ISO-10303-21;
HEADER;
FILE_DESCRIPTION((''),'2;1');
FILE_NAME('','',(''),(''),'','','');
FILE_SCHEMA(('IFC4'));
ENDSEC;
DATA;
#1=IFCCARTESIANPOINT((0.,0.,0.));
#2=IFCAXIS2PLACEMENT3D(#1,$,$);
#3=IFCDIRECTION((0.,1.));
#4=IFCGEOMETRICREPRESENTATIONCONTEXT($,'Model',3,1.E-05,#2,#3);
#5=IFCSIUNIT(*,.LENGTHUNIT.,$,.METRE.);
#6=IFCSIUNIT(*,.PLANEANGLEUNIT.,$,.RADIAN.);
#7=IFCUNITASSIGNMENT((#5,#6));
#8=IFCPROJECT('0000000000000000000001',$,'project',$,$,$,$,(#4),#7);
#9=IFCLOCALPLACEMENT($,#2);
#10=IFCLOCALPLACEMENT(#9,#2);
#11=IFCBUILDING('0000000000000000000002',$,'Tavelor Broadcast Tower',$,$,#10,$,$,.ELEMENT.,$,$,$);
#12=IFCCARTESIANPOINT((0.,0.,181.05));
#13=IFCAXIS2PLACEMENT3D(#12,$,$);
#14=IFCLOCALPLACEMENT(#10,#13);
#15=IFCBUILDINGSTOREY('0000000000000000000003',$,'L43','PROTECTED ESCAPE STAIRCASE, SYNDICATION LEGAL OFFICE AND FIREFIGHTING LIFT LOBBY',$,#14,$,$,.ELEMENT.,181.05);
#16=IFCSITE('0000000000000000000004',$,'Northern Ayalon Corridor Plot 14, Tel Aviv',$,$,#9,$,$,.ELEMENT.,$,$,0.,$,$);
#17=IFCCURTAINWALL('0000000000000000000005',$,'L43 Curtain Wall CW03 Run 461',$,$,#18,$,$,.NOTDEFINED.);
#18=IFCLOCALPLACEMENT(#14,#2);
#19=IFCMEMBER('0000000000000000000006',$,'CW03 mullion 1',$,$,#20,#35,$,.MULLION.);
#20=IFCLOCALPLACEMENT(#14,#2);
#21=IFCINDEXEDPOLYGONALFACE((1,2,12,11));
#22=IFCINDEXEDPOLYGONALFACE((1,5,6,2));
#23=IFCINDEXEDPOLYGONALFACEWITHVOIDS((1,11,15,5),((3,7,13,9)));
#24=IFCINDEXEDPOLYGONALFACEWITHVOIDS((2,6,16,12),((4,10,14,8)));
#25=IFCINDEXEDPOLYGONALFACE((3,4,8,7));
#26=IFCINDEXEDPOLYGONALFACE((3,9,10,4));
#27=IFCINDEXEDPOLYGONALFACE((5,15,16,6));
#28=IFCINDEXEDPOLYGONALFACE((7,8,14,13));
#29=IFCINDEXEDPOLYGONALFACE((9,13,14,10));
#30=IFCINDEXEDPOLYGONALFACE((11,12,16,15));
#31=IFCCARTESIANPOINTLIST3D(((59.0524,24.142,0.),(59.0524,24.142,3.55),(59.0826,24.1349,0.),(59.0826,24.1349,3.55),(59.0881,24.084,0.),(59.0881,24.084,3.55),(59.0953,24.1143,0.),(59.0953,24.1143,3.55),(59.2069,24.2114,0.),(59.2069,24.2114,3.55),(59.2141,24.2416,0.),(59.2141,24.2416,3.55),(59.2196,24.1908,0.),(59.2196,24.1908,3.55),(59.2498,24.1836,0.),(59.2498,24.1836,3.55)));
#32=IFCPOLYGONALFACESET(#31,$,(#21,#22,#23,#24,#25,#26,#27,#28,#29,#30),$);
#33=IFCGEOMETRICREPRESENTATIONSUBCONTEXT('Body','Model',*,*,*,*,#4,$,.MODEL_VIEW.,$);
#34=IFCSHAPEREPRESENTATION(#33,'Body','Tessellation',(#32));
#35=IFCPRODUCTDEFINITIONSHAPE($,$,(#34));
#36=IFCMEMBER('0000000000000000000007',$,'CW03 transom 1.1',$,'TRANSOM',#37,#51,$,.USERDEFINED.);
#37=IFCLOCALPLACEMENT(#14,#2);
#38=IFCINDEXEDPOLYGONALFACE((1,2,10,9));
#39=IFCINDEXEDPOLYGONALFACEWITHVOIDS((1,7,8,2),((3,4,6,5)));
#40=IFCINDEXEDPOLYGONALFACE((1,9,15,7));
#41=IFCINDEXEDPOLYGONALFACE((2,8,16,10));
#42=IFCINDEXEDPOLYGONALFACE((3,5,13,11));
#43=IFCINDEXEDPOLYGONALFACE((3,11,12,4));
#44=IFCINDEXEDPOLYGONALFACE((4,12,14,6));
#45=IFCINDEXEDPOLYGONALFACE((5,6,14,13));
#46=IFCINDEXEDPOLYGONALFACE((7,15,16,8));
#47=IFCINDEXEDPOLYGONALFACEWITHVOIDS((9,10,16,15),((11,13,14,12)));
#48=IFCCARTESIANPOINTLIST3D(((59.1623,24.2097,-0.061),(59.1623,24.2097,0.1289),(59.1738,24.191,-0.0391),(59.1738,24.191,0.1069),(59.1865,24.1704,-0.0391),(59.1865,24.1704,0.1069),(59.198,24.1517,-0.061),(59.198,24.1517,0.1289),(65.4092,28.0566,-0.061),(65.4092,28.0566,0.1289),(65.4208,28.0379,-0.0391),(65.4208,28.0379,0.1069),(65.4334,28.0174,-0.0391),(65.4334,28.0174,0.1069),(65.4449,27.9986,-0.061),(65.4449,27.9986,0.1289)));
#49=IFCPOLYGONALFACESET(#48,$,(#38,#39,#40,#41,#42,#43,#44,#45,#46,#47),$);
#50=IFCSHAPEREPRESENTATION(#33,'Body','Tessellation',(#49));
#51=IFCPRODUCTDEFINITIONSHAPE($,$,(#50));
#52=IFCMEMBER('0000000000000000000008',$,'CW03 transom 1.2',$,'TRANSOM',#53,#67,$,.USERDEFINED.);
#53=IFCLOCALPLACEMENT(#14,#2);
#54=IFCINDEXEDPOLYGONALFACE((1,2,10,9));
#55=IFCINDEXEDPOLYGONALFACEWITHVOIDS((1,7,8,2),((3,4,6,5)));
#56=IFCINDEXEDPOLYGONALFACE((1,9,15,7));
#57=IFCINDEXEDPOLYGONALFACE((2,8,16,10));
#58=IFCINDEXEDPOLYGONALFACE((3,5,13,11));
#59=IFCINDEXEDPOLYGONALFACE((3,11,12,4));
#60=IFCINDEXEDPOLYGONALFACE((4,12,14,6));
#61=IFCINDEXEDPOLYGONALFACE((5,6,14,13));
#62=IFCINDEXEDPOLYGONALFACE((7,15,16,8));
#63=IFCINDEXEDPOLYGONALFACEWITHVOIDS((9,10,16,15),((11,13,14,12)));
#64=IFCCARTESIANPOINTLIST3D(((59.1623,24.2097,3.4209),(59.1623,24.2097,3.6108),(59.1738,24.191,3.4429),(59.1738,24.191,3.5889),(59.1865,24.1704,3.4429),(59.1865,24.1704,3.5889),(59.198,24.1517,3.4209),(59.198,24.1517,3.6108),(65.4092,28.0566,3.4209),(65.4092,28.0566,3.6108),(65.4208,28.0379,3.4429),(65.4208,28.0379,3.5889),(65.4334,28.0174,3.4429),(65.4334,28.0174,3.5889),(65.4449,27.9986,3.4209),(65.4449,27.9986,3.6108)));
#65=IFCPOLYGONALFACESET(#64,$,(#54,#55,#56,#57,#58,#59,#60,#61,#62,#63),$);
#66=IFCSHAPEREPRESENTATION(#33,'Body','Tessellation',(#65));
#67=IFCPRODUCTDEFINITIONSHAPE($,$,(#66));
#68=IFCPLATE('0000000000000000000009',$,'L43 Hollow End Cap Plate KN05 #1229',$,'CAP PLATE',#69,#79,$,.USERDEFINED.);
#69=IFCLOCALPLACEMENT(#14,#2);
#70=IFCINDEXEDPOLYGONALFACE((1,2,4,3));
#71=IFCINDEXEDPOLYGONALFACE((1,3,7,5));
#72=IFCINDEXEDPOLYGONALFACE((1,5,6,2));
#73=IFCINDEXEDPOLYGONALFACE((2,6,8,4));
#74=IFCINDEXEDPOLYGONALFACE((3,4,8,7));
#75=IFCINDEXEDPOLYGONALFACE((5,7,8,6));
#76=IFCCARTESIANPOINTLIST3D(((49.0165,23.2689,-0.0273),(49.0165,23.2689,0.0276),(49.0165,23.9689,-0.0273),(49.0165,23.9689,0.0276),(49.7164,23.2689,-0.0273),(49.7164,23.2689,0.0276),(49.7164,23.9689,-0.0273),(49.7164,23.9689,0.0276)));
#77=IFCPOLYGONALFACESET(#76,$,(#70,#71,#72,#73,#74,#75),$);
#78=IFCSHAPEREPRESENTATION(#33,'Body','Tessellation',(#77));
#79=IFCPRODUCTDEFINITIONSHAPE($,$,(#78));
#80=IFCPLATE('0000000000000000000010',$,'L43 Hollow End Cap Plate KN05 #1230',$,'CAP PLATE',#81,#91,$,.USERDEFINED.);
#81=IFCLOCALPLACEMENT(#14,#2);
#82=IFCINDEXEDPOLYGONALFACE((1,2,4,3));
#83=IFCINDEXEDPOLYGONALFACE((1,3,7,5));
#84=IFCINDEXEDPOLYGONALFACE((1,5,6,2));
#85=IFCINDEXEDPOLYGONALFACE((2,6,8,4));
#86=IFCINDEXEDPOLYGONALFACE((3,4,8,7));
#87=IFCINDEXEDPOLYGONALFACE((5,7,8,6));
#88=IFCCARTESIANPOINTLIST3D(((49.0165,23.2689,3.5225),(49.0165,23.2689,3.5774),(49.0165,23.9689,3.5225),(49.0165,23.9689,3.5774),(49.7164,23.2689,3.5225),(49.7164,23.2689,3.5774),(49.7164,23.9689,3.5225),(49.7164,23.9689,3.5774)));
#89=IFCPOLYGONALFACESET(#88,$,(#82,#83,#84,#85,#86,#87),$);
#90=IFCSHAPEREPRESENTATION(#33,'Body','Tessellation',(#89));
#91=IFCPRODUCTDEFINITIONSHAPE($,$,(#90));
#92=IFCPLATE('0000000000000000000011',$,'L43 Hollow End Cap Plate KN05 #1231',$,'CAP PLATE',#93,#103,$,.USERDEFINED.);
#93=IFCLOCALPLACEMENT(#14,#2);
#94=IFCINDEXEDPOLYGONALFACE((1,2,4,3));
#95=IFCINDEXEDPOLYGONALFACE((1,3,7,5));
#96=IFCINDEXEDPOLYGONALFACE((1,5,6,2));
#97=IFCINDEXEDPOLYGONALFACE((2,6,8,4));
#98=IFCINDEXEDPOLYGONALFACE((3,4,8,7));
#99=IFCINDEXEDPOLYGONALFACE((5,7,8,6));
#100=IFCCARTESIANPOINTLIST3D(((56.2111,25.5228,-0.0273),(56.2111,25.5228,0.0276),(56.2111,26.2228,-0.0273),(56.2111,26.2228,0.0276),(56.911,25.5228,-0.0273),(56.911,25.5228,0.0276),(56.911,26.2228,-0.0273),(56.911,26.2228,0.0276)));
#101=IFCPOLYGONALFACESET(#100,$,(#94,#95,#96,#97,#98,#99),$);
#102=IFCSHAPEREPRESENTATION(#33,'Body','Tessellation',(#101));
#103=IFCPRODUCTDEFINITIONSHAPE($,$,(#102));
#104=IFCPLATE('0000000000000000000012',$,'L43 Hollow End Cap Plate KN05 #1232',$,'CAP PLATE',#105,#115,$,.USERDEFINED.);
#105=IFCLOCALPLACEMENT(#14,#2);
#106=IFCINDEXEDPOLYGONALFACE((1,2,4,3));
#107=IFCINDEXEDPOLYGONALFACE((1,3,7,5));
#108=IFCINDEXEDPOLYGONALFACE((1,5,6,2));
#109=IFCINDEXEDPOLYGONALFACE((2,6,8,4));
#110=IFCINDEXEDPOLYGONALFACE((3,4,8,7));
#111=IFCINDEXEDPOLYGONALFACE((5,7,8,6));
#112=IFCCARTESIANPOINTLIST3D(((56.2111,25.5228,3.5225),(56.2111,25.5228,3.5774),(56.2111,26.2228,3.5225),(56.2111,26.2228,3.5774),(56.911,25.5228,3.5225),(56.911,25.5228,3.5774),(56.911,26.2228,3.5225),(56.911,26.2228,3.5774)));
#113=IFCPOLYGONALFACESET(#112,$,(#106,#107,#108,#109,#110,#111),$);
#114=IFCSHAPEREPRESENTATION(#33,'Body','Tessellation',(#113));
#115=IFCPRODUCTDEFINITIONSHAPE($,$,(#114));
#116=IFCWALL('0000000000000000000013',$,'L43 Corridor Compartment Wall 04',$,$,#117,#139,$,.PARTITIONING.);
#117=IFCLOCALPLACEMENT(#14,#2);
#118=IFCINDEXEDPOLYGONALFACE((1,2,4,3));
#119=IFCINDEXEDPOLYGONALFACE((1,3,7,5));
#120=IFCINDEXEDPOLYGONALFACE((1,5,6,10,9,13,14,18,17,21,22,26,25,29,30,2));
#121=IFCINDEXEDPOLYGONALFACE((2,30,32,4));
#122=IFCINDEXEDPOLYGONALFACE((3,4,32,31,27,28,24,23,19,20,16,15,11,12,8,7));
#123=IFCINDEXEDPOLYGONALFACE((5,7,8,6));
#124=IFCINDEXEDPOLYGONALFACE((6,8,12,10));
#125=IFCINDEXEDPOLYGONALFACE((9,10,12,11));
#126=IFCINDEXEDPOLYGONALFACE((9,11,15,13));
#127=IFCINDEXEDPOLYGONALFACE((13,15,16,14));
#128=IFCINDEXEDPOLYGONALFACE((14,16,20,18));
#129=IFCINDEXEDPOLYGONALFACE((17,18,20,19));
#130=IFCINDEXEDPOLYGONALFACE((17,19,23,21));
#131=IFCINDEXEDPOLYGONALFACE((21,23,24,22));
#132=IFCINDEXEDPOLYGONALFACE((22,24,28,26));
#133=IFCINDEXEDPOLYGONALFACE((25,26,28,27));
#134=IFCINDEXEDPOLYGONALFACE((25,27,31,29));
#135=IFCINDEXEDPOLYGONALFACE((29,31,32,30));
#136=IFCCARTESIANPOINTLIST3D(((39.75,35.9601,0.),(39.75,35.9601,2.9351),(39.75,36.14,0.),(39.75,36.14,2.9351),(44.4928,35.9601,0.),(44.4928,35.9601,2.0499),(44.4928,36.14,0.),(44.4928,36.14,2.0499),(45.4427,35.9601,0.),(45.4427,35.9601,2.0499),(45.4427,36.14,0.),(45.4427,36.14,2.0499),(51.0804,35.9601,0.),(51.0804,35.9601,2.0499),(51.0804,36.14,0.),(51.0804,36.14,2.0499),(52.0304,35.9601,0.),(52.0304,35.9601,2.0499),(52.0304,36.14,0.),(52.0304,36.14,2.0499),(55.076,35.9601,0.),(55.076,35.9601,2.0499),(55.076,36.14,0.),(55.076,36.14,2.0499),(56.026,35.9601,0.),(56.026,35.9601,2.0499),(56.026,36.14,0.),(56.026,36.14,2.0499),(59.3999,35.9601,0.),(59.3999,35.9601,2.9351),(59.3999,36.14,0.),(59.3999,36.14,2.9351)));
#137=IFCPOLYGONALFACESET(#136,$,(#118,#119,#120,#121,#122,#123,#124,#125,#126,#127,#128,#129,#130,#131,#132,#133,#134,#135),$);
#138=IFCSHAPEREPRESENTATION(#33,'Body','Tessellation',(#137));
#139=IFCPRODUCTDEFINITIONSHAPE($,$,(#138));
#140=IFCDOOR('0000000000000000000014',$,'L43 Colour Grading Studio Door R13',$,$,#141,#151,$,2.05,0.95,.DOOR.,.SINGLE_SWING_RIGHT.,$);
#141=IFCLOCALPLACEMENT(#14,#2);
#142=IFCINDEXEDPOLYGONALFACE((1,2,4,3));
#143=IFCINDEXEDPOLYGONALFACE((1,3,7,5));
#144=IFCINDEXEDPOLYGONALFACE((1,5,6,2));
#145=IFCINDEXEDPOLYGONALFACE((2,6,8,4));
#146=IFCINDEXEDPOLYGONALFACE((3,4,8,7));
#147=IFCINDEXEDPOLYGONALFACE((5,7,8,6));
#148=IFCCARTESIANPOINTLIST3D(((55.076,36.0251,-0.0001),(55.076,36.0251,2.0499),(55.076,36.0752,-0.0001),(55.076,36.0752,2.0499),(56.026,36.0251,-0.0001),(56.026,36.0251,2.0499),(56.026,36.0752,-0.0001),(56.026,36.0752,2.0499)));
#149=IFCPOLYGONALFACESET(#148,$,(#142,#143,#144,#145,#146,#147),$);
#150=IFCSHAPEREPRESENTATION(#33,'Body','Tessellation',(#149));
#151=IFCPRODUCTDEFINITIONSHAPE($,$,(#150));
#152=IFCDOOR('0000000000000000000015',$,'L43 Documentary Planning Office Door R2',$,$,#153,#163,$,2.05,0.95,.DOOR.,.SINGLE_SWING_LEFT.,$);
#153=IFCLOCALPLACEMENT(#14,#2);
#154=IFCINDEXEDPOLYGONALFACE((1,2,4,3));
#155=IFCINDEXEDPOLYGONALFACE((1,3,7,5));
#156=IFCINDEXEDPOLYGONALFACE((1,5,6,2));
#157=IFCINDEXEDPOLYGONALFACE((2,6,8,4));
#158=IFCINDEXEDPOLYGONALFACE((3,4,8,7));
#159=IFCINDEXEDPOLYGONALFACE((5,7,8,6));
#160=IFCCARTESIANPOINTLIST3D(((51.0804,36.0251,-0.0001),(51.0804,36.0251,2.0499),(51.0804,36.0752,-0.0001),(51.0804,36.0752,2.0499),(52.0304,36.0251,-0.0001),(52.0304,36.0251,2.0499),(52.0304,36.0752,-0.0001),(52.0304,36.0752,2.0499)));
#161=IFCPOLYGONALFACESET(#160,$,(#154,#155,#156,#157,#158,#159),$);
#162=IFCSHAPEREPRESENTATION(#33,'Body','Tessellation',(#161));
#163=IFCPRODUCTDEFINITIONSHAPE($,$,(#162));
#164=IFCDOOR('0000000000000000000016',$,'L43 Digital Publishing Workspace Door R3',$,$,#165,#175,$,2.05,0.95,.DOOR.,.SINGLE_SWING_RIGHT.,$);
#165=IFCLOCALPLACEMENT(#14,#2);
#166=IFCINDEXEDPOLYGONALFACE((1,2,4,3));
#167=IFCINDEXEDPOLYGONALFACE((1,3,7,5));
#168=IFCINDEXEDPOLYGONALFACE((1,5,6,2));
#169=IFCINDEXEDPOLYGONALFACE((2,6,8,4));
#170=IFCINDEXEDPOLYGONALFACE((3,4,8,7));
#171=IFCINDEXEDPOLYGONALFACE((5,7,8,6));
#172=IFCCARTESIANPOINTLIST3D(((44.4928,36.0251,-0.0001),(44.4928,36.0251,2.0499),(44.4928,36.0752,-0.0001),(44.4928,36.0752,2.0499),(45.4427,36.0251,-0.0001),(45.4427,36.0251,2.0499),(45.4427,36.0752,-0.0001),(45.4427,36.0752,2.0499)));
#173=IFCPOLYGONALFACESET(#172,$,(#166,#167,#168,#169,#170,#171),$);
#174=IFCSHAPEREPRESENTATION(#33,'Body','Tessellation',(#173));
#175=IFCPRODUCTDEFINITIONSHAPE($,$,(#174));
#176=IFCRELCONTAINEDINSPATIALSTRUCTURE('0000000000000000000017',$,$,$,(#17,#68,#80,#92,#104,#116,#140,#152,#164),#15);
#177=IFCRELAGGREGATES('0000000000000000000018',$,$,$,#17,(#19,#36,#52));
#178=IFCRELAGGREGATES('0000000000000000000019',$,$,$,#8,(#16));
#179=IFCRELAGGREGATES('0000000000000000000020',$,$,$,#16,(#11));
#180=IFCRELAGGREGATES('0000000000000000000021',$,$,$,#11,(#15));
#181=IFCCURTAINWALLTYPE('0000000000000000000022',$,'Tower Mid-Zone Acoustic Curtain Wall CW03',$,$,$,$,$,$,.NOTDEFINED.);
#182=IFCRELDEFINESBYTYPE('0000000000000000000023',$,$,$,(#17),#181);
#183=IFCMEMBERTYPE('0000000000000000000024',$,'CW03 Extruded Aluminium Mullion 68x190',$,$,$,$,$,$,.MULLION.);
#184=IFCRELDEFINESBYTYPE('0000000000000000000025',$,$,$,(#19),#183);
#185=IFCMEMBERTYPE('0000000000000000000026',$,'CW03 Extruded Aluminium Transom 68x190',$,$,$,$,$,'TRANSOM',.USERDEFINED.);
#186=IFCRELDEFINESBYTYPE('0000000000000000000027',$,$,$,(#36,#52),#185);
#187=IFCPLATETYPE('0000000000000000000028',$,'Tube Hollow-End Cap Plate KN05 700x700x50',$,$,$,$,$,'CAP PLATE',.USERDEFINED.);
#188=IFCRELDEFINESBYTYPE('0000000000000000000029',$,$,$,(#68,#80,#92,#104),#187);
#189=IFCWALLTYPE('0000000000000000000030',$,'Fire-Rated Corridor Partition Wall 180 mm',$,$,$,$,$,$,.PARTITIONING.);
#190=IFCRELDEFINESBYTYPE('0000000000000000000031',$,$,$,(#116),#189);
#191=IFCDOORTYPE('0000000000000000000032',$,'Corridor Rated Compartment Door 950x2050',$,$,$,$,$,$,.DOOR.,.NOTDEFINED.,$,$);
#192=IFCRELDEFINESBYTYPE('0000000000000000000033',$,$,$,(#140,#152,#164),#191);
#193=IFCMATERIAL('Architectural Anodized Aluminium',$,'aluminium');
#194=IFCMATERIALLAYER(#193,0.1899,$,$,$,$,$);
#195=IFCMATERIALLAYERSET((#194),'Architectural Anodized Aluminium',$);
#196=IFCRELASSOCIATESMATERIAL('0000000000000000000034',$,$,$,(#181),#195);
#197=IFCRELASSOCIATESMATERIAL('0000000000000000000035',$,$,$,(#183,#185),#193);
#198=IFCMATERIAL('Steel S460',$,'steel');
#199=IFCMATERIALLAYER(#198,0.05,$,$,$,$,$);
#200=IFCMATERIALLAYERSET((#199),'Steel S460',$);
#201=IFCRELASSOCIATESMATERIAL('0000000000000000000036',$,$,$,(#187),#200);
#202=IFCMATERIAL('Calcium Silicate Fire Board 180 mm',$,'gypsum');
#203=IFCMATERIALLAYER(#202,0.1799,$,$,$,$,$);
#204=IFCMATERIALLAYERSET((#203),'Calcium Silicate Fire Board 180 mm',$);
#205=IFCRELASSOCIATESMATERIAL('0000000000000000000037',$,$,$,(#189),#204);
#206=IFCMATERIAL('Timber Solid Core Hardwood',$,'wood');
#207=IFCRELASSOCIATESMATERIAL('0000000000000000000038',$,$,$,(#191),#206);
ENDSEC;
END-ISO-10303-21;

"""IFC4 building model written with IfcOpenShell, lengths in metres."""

from ifc_helpers import new_model, si_unit, direction, frame, frame_2d, origin, origin_2d, place, context, subcontext, project, spatial, rectangle, hollow_rectangle, extrude, source, transform, mapped, material, layer, layer_set, material_profile, profile_set, type_object, type_shapes, element, fill, aggregate, save


model = new_model("IFC4")

# Units and contexts
model_context = context("Model", 3, precision=1e-05, world=origin(), true_north=direction((0.0, 1.0)))
body_context = subcontext(model_context, "Body", "Model", "MODEL_VIEW")
ifc_project = project(units=[si_unit("LENGTHUNIT", "METRE"), si_unit("PLANEANGLEUNIT", "RADIAN")], contexts=[model_context])

# Site, building, storey
site_placement = place(None, origin())
site = spatial("IfcSite", under=ifc_project, at=site_placement, Name="Northern Ayalon Corridor Plot 14, Tel Aviv", CompositionType="ELEMENT", RefElevation=0.0)
building_placement = place(site_placement, origin())
building = spatial("IfcBuilding", under=site, at=building_placement, Name="Tavelor Broadcast Tower", CompositionType="ELEMENT")
storey_placement = place(building_placement, frame((0.0, 0.0, 181.05)))
storey = spatial("IfcBuildingStorey", under=building, at=storey_placement, Name="L43", Description="PROTECTED ESCAPE STAIRCASE, SYNDICATION LEGAL OFFICE AND FIREFIGHTING LIFT LOBBY", CompositionType="ELEMENT", Elevation=181.05)

# Shared definitions
ifc_material_1 = material(Name="Steel S460", Category="steel")

# Curtain wall, members
ifc_material_2 = material(Name="Architectural Anodized Aluminium", Category="aluminium")
ifc_layer_1 = layer(ifc_material_2, 0.1899)
ifc_layer_set_1 = layer_set([ifc_layer_1], Name="Architectural Anodized Aluminium")
curtain_wall_type = type_object("IfcCurtainWallType", Name="Tower Mid-Zone Acoustic Curtain Wall CW03", PredefinedType="NOTDEFINED", material=ifc_layer_set_1)
curtain_wall_placement = place(storey_placement, origin())
curtain_wall = element("IfcCurtainWall", 1, at=curtain_wall_placement, inside=storey, type_object=curtain_wall_type, Name="L43 Curtain Wall CW03 Run 461", PredefinedType="NOTDEFINED")
ifc_material_profile_1 = material_profile(ifc_material_2, hollow_rectangle(XDim=0.0681, YDim=0.1899, WallThickness=0.022, at=origin_2d()), Name="RHS 68x190x22")
ifc_profile_set_1 = profile_set([ifc_material_profile_1], Name="Architectural Anodized Aluminium")
member_type_1 = type_object("IfcMemberType", Name="CW03 Extruded Aluminium Mullion 68x190", PredefinedType="MULLION", material=ifc_profile_set_1)
shared_shape_1 = source(origin(), body_context, "Body", "SweptSolid", [
    extrude(hollow_rectangle(XDim=0.0681, YDim=0.1899, WallThickness=0.022, at=origin_2d()), origin(), (0.0, 0.0, 1.0), 3.55),
])
type_shapes(member_type_1, [shared_shape_1])
member_1_placement = place(storey_placement, frame((59.1511, 24.1628, 0.0), z_axis=(0.0, 0.0, 1.0), x_axis=(-0.524353, 0.851501, 0.0)))
member_1 = element("IfcMember", 2, at=member_1_placement, type_object=member_type_1, Name="CW03 mullion 1", PredefinedType="MULLION", context=body_context, shape_type="MappedRepresentation", body=[
    mapped(shared_shape_1, transform((0.0, 0.0, 0.0), scale=1.0)),
])
ifc_material_profile_2 = material_profile(ifc_material_2, hollow_rectangle(XDim=0.0681, YDim=0.1899, WallThickness=0.022, at=origin_2d()), Name="RHS 68x190x22")
ifc_profile_set_2 = profile_set([ifc_material_profile_2], Name="Architectural Anodized Aluminium")
member_type_2 = type_object("IfcMemberType", Name="CW03 Extruded Aluminium Transom 68x190", ElementType="TRANSOM", PredefinedType="USERDEFINED", material=ifc_profile_set_2)
shared_shape_2 = source(origin(), body_context, "Body", "SweptSolid", [
    extrude(hollow_rectangle(XDim=0.0681, YDim=0.1899, WallThickness=0.022, at=origin_2d()), origin(), (0.0, 0.0, 1.0), 7.3364),
])
type_shapes(member_type_2, [shared_shape_2])
member_2_placement = place(storey_placement, frame((59.1802, 24.1807, 0.0339), z_axis=(0.851493, 0.524367, 0.0), x_axis=(-0.524367, 0.851493, 0.0)))
member_2 = element("IfcMember", 3, at=member_2_placement, type_object=member_type_2, Name="CW03 transom 1.1", ObjectType="TRANSOM", PredefinedType="USERDEFINED", context=body_context, shape_type="MappedRepresentation", body=[
    mapped(shared_shape_2, transform((0.0, 0.0, 0.0), scale=1.0)),
])
member_3_placement = place(storey_placement, frame((59.1802, 24.1807, 3.5159), z_axis=(0.851493, 0.524367, 0.0), x_axis=(-0.524367, 0.851493, 0.0)))
member_3 = element("IfcMember", 4, at=member_3_placement, type_object=member_type_2, Name="CW03 transom 1.2", ObjectType="TRANSOM", PredefinedType="USERDEFINED", context=body_context, shape_type="MappedRepresentation", body=[
    mapped(shared_shape_2, transform((0.0, 0.0, 0.0), scale=1.0)),
])
aggregate(curtain_wall, [member_1, member_2, member_3])

# Plates
ifc_layer_2 = layer(ifc_material_1, 0.05)
ifc_layer_set_2 = layer_set([ifc_layer_2], Name="Steel S460")
plate_type = type_object("IfcPlateType", Name="Tube Hollow-End Cap Plate KN05 700x700x50", ElementType="CAP PLATE", PredefinedType="USERDEFINED", material=ifc_layer_set_2)
shared_shape_3 = source(origin(), body_context, "Body", "SweptSolid", [
    extrude(rectangle(XDim=0.7, YDim=0.7, at=origin_2d()), origin(), (0.0, 0.0, 1.0), 0.0549),
])
type_shapes(plate_type, [shared_shape_3])
for number, where, z_axis, x_axis, name in (
    (5, (49.3665, 23.6189, -0.0273), (0.0, 0.0, 1.0), (1.0, 0.0, 0.0), "L43 Hollow End Cap Plate KN05 #1229"),
    (6, (49.3665, 23.6189, 3.5225), (0.0, 0.0, 1.0), (1.0, 0.0, 0.0), "L43 Hollow End Cap Plate KN05 #1230"),
    (7, (56.561, 25.8728, -0.0273), (0.0, 0.0, 1.0), (1.0, 0.0, 0.0), "L43 Hollow End Cap Plate KN05 #1231"),
    (8, (56.561, 25.8728, 3.5225), (0.0, 0.0, 1.0), (1.0, 0.0, 0.0), "L43 Hollow End Cap Plate KN05 #1232"),
):
    element("IfcPlate", number, at=place(storey_placement, frame(where, z_axis=z_axis, x_axis=x_axis)), inside=storey, type_object=plate_type, Name=name, ObjectType="CAP PLATE", PredefinedType="USERDEFINED", context=body_context, shape_type="MappedRepresentation", body=[
        mapped(shared_shape_3, transform((0.0, 0.0, 0.0), scale=1.0)),
    ])

# Wall, openings, doors
ifc_material_3 = material(Name="Calcium Silicate Fire Board 180 mm", Category="gypsum")
ifc_layer_3 = layer(ifc_material_3, 0.1799)
ifc_layer_set_3 = layer_set([ifc_layer_3], Name="Calcium Silicate Fire Board 180 mm")
wall_type_1 = type_object("IfcWallType", Name="Fire-Rated Corridor Partition Wall 180 mm", PredefinedType="PARTITIONING", material=ifc_layer_set_3)
wall_1_placement = place(storey_placement, frame((59.3999, 36.05, 0.0), z_axis=(0.0, 0.0, 1.0), x_axis=(-1.0, 0.0, 0.0)))
wall_1 = element("IfcWall", 9, at=wall_1_placement, inside=storey, type_object=wall_type_1, Name="L43 Corridor Compartment Wall 04", PredefinedType="PARTITIONING", context=body_context, shape_type="SweptSolid", body=[
    extrude(rectangle(XDim=19.6499, YDim=0.1799, at=frame_2d((9.825, 0.0))), origin(), (0.0, 0.0, 1.0), 2.9351),
])
opening_1_placement = place(wall_1_placement, frame((3.3738, 0.0, 0.0)))
opening_1 = element("IfcOpeningElement", 10, at=opening_1_placement, cuts=wall_1, PredefinedType="OPENING", context=body_context, shape_type="SweptSolid", body=[
    extrude(rectangle(XDim=0.95, YDim=2.05, at=frame_2d((0.4751, 1.0249))), frame((0.0, 0.1001, 0.0), z_axis=(0.0, -1.0, 0.0), x_axis=(1.0, 0.0, 0.0)), (0.0, 0.0, 1.0), 0.2),
])
opening_2_placement = place(wall_1_placement, frame((7.3694, 0.0, 0.0)))
opening_2 = element("IfcOpeningElement", 11, at=opening_2_placement, cuts=wall_1, PredefinedType="OPENING", context=body_context, shape_type="SweptSolid", body=[
    extrude(rectangle(XDim=0.95, YDim=2.05, at=frame_2d((0.4751, 1.0249))), frame((0.0, 0.1001, 0.0), z_axis=(0.0, -1.0, 0.0), x_axis=(1.0, 0.0, 0.0)), (0.0, 0.0, 1.0), 0.2),
])
opening_3_placement = place(wall_1_placement, frame((13.957, 0.0, 0.0)))
opening_3 = element("IfcOpeningElement", 12, at=opening_3_placement, cuts=wall_1, PredefinedType="OPENING", context=body_context, shape_type="SweptSolid", body=[
    extrude(rectangle(XDim=0.95, YDim=2.05, at=frame_2d((0.4751, 1.0249))), frame((0.0, 0.1001, 0.0), z_axis=(0.0, -1.0, 0.0), x_axis=(1.0, 0.0, 0.0)), (0.0, 0.0, 1.0), 0.2),
])
ifc_material_4 = material(Name="Timber Solid Core Hardwood", Category="wood")
door_type_1 = type_object("IfcDoorType", Name="Corridor Rated Compartment Door 950x2050", OperationType="NOTDEFINED", PredefinedType="DOOR", material=ifc_material_4)
door_1_placement = place(opening_1_placement, origin())
door_1 = element("IfcDoor", 13, at=door_1_placement, inside=storey, type_object=door_type_1, Name="L43 Colour Grading Studio Door R13", OperationType="SINGLE_SWING_RIGHT", OverallHeight=2.05, OverallWidth=0.95, PredefinedType="DOOR", context=body_context, shape_type="SweptSolid", body=[
    extrude(rectangle(XDim=0.95, YDim=2.05, at=frame_2d((0.4751, 1.0249))), frame((0.0, 0.0249, 0.0), z_axis=(0.0, -1.0, 0.0), x_axis=(1.0, 0.0, 0.0)), (0.0, 0.0, 1.0), 0.05),
])
fill(opening_1, door_1)
door_2_placement = place(opening_2_placement, origin())
door_2 = element("IfcDoor", 14, at=door_2_placement, inside=storey, type_object=door_type_1, Name="L43 Documentary Planning Office Door R2", OperationType="SINGLE_SWING_LEFT", OverallHeight=2.05, OverallWidth=0.95, PredefinedType="DOOR", context=body_context, shape_type="SweptSolid", body=[
    extrude(rectangle(XDim=0.95, YDim=2.05, at=frame_2d((0.4751, 1.0249))), frame((0.0, 0.0249, 0.0), z_axis=(0.0, -1.0, 0.0), x_axis=(1.0, 0.0, 0.0)), (0.0, 0.0, 1.0), 0.05),
])
fill(opening_2, door_2)
door_3_placement = place(opening_3_placement, origin())
door_3 = element("IfcDoor", 15, at=door_3_placement, inside=storey, type_object=door_type_1, Name="L43 Digital Publishing Workspace Door R3", OperationType="SINGLE_SWING_RIGHT", OverallHeight=2.05, OverallWidth=0.95, PredefinedType="DOOR", context=body_context, shape_type="SweptSolid", body=[
    extrude(rectangle(XDim=0.95, YDim=2.05, at=frame_2d((0.4751, 1.0249))), frame((0.0, 0.0249, 0.0), z_axis=(0.0, -1.0, 0.0), x_axis=(1.0, 0.0, 0.0)), (0.0, 0.0, 1.0), 0.05),
])
fill(opening_3, door_3)

save(model, "model.ifc")
